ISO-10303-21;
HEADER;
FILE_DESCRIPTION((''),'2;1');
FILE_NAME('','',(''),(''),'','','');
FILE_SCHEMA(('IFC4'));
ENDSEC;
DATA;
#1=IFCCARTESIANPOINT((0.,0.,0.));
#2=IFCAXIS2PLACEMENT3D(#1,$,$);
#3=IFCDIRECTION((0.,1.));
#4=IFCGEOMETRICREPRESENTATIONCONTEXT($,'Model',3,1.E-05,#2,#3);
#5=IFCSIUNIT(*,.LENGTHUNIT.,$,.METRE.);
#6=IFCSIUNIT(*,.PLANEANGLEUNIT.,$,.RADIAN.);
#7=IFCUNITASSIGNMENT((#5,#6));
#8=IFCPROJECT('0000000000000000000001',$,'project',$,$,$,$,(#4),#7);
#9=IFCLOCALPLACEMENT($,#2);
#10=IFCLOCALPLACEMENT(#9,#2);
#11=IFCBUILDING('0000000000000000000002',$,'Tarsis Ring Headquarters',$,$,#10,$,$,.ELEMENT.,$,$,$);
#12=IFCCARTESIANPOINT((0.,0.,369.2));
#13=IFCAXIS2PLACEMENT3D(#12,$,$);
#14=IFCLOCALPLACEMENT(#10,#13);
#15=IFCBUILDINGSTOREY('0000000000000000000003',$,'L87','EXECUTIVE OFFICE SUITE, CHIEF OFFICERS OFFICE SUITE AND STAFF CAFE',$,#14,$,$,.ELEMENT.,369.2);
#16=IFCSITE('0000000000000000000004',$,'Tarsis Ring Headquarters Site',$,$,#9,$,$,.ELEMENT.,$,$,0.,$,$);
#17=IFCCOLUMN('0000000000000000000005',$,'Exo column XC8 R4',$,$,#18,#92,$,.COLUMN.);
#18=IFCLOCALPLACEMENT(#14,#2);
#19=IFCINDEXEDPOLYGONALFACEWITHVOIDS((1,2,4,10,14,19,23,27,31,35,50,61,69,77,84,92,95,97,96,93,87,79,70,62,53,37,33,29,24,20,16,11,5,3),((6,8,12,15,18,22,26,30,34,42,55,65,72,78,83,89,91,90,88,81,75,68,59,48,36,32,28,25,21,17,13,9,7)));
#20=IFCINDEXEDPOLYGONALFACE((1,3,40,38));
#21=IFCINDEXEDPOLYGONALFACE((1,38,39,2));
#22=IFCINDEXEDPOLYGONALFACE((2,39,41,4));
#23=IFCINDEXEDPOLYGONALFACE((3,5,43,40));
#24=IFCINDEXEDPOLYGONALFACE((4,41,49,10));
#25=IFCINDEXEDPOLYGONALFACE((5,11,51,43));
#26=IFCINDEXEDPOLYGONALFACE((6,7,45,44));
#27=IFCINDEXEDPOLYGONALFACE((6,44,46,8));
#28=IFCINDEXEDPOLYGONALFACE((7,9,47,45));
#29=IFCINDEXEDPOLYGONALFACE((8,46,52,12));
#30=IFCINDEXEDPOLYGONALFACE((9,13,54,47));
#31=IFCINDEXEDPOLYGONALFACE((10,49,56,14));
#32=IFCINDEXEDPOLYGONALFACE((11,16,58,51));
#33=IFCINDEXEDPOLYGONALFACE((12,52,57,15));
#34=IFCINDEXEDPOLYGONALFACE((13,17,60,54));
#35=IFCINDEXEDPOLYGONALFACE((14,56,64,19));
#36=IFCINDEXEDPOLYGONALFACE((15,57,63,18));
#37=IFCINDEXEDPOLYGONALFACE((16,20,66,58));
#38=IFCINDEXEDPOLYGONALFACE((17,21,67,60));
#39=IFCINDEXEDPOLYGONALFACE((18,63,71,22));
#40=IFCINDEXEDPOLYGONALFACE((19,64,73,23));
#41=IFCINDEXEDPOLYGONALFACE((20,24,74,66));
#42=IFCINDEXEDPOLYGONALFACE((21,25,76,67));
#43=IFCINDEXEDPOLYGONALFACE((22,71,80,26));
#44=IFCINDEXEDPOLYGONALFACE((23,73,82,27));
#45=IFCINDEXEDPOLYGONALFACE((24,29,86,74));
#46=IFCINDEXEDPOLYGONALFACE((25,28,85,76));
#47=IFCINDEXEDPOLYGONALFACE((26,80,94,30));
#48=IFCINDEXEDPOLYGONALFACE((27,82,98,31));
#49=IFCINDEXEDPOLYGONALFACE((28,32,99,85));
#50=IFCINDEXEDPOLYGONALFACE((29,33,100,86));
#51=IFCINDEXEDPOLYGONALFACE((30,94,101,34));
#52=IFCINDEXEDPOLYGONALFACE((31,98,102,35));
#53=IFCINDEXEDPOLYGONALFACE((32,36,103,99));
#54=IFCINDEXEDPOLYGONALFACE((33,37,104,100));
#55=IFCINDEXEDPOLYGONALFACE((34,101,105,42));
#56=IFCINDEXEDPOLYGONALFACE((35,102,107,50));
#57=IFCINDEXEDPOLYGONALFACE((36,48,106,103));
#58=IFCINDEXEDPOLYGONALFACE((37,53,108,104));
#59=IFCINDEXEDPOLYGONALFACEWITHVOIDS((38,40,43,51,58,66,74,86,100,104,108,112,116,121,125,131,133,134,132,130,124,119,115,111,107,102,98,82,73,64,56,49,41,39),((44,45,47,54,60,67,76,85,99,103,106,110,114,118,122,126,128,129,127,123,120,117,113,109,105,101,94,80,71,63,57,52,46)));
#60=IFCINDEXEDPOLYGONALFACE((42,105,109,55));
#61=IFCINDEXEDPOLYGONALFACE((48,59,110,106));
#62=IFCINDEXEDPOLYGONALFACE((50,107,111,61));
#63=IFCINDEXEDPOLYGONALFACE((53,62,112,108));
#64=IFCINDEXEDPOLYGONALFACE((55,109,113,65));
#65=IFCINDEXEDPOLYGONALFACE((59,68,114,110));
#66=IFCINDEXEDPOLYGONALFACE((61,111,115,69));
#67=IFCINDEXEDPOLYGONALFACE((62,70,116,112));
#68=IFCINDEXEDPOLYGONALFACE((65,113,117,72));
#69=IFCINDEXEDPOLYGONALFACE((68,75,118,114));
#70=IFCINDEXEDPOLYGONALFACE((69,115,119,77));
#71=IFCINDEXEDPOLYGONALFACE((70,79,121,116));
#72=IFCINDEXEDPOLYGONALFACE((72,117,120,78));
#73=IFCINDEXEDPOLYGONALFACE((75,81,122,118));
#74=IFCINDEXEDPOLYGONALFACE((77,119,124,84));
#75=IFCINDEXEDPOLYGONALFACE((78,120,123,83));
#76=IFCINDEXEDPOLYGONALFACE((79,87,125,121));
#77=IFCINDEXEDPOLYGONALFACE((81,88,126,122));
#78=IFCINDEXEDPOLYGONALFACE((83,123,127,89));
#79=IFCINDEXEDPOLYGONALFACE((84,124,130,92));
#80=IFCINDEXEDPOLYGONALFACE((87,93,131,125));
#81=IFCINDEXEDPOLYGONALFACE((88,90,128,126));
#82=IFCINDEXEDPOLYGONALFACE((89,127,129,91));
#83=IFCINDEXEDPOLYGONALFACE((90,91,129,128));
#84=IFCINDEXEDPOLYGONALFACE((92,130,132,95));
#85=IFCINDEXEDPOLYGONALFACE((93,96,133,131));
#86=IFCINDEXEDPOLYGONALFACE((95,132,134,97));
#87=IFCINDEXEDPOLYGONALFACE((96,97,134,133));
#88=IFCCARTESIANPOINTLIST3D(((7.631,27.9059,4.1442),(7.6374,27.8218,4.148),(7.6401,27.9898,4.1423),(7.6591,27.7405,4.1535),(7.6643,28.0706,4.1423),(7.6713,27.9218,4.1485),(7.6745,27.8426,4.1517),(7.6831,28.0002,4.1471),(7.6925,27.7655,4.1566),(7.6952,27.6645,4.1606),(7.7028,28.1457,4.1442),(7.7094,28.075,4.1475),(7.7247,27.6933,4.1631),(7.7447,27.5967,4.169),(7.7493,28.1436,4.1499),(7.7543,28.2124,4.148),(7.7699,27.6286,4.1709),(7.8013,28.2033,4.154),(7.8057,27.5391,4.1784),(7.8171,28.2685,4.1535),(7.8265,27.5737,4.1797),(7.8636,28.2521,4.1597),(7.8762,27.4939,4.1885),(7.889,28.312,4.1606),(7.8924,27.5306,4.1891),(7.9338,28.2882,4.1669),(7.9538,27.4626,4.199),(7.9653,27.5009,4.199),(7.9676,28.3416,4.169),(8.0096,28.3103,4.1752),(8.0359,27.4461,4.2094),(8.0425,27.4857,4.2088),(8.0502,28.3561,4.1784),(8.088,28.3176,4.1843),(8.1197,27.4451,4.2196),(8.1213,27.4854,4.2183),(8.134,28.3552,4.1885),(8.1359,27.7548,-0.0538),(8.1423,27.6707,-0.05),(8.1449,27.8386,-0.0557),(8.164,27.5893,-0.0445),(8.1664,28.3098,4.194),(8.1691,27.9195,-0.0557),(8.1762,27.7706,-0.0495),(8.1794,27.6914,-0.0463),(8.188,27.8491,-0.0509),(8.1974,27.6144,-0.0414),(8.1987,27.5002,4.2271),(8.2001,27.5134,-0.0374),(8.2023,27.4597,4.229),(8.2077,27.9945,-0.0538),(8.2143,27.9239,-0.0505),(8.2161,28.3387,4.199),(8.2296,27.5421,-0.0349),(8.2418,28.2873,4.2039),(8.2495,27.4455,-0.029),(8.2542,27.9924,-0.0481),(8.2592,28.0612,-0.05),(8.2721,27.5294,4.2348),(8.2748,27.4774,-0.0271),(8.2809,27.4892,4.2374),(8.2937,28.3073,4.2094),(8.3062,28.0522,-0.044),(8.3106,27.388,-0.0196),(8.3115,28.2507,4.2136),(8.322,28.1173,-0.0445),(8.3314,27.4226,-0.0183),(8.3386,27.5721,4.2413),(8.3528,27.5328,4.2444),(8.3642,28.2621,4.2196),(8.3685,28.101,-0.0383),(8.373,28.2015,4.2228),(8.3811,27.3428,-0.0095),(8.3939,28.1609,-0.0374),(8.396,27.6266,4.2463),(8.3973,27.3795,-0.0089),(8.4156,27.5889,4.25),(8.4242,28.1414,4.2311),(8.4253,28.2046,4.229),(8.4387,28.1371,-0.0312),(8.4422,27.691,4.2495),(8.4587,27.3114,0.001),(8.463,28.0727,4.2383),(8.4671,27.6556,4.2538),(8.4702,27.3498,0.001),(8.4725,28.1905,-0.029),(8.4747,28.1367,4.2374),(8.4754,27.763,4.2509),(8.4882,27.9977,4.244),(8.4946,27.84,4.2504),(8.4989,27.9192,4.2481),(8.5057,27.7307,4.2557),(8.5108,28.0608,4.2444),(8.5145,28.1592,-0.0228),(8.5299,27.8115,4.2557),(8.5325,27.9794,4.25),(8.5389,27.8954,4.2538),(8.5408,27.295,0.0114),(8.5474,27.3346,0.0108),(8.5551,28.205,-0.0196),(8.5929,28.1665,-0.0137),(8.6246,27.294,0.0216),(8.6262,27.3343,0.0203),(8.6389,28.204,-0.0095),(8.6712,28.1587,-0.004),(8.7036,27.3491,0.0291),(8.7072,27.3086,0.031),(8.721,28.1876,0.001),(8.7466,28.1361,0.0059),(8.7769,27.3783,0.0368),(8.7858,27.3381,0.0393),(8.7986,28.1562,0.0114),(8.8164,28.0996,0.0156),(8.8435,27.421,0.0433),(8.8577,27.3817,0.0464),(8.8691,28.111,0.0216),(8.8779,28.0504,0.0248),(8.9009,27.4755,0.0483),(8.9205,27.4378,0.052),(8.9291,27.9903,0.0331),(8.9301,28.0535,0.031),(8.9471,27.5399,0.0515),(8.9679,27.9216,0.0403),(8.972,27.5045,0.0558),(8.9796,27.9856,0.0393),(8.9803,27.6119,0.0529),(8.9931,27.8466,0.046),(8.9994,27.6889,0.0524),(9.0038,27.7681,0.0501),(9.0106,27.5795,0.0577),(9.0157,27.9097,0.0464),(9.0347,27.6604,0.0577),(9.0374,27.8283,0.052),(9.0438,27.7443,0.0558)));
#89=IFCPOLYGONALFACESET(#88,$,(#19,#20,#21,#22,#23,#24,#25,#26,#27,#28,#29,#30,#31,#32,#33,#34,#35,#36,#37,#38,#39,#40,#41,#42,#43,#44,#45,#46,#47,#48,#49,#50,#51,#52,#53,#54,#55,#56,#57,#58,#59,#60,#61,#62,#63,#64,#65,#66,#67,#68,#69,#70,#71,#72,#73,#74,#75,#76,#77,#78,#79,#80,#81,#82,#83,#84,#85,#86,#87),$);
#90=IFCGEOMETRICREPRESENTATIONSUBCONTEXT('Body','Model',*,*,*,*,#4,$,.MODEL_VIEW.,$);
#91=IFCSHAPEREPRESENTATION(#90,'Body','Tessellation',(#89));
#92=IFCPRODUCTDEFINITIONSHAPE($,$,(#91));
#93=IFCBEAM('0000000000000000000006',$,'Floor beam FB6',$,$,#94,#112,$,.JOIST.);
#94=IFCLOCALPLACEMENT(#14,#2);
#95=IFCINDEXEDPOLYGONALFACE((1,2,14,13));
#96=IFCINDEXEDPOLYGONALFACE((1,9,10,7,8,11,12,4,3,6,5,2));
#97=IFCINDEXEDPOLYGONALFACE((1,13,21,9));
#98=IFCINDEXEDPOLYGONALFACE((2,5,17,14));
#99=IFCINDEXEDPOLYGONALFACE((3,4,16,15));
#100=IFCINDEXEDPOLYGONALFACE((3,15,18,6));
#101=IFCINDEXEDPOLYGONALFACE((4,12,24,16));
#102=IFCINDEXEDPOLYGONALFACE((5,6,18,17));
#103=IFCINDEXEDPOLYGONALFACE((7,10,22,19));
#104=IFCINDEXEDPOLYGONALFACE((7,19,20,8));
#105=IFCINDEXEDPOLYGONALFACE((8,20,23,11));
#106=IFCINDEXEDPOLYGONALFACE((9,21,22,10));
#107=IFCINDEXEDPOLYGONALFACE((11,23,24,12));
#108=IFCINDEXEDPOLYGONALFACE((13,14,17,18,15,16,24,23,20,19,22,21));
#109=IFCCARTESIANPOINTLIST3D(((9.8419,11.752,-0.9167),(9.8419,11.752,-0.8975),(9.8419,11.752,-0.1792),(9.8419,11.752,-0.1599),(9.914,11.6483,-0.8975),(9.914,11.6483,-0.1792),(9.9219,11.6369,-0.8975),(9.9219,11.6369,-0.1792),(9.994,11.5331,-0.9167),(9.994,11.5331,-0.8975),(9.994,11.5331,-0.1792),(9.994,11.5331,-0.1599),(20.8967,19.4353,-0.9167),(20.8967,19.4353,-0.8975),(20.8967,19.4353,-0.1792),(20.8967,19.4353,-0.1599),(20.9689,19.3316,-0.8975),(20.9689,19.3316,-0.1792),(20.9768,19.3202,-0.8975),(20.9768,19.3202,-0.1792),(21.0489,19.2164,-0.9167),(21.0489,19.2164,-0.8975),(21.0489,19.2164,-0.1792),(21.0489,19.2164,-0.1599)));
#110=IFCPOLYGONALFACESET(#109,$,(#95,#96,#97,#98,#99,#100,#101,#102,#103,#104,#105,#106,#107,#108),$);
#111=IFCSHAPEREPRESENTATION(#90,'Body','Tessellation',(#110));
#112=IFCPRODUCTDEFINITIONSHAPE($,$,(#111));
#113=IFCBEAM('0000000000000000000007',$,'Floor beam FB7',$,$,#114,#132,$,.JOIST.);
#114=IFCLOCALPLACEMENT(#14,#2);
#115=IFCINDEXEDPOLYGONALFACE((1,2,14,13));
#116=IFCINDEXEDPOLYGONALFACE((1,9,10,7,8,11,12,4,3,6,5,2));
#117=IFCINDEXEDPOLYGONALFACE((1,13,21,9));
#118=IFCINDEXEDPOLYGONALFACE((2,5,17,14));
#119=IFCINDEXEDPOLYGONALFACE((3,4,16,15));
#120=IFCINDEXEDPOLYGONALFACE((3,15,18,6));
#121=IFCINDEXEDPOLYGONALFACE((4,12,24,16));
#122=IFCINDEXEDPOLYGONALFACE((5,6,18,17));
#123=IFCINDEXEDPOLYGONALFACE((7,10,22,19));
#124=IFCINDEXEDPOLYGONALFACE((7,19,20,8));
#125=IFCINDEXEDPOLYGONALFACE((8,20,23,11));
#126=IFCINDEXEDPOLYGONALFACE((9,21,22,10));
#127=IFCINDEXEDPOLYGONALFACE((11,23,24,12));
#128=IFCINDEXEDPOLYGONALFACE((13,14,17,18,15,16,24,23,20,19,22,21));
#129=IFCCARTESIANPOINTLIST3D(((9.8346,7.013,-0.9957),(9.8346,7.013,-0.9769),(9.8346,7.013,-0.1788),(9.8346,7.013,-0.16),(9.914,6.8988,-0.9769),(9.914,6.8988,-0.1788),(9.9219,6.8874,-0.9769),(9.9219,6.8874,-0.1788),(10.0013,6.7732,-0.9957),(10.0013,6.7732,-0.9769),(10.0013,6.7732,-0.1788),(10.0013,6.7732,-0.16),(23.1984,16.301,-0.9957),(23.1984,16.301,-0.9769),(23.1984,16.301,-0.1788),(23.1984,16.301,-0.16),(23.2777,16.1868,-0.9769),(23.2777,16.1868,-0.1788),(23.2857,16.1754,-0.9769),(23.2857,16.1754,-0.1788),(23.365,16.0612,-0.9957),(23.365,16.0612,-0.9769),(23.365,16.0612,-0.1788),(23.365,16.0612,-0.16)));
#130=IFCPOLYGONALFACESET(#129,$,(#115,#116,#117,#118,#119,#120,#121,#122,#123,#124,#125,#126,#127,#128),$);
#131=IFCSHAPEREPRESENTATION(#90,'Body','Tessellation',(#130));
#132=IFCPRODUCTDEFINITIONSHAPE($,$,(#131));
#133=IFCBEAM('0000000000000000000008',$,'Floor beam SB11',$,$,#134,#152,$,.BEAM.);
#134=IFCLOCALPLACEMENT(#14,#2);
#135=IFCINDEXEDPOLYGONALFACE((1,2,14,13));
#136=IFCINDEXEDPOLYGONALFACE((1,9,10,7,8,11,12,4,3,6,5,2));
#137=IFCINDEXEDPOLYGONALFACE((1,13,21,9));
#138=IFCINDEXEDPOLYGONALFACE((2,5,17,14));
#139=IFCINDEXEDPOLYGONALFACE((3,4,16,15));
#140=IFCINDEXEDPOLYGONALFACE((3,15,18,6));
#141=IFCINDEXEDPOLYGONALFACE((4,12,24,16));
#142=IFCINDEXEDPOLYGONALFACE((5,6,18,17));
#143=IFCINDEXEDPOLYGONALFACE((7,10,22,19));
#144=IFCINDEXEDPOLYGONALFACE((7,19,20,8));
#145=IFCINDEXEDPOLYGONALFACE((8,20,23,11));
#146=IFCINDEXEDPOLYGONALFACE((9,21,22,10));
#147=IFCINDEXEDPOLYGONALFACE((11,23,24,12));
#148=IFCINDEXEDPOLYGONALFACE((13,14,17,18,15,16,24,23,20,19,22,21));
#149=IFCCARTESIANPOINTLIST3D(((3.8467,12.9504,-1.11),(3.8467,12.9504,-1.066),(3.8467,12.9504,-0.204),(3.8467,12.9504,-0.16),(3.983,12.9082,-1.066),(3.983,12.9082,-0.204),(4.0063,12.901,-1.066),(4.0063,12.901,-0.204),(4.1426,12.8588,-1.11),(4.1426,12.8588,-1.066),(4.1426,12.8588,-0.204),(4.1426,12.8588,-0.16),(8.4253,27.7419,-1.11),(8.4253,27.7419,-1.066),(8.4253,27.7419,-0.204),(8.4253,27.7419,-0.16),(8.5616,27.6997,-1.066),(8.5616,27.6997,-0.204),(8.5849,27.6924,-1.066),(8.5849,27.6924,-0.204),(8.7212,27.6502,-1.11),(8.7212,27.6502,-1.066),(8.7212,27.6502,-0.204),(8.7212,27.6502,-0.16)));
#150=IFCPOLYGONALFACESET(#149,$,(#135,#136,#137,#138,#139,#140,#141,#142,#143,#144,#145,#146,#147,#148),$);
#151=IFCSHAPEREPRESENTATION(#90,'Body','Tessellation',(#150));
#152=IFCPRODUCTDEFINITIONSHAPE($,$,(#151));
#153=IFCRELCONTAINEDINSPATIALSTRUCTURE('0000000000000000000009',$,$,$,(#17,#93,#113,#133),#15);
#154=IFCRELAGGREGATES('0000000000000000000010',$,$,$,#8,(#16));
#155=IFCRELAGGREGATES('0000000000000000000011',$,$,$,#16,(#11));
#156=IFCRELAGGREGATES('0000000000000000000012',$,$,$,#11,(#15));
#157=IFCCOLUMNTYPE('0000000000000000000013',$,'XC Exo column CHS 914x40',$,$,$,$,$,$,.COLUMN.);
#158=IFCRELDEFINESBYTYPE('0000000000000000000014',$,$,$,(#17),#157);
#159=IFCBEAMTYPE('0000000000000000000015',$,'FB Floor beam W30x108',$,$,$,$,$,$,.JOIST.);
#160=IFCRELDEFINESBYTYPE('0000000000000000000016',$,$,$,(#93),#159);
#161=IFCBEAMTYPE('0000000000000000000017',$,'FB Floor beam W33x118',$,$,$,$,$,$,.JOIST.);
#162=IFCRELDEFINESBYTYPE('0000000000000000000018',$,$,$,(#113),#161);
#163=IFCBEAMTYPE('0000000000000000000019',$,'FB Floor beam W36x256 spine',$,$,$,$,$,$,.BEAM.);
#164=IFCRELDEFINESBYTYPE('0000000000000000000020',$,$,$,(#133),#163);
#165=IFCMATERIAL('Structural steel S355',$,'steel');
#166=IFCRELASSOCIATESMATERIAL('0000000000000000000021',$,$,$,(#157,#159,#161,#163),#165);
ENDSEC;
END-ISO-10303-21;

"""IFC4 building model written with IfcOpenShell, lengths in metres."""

from ifc_helpers import new_model, si_unit, direction, frame, origin, origin_2d, place, context, subcontext, project, spatial, hollow_circle, i_section, extrude, material, material_profile, profile_set, type_object, element, save


model = new_model("IFC4")

# Units and contexts
model_context = context("Model", 3, precision=1e-05, world=origin(), true_north=direction((0.0, 1.0)))
body_context = subcontext(model_context, "Body", "Model", "MODEL_VIEW")
ifc_project = project(units=[si_unit("LENGTHUNIT", "METRE"), si_unit("PLANEANGLEUNIT", "RADIAN")], contexts=[model_context])

# Site, building, storey
site_placement = place(None, origin())
site = spatial("IfcSite", under=ifc_project, at=site_placement, Name="Tarsis Ring Headquarters Site", CompositionType="ELEMENT", RefElevation=0.0)
building_placement = place(site_placement, origin())
building = spatial("IfcBuilding", under=site, at=building_placement, Name="Tarsis Ring Headquarters", CompositionType="ELEMENT")
storey_placement = place(building_placement, frame((0.0, 0.0, 369.2)))
storey = spatial("IfcBuildingStorey", under=building, at=storey_placement, Name="L87", Description="EXECUTIVE OFFICE SUITE, CHIEF OFFICERS OFFICE SUITE AND STAFF CAFE", CompositionType="ELEMENT", Elevation=369.2)

# Column
ifc_material_1 = material(Name="Structural steel S355", Category="steel")
ifc_material_profile_1 = material_profile(ifc_material_1, hollow_circle(Radius=0.457, WallThickness=0.04, at=origin_2d()), Name="CHS 914x40")
ifc_profile_set_1 = profile_set([ifc_material_profile_1], Name="Structural steel S355")
column_type = type_object("IfcColumnType", Name="XC Exo column CHS 914x40", PredefinedType="COLUMN", material=ifc_profile_set_1)
for number, where, z_axis, x_axis, name in (
    (1, (8.5898, 27.7495, 0.001), (-0.119331, 0.035718, 0.992212), (-0.286753, -0.958005, 0.0), "Exo column XC8 R4"),
):
    element("IfcColumn", number, at=place(storey_placement, frame(where, z_axis=z_axis, x_axis=x_axis)), inside=storey, type_object=column_type, Name=name, PredefinedType="COLUMN", context=body_context, shape_type="SweptSolid", body=[
        extrude(hollow_circle(Radius=0.4573, WallThickness=0.04, at=origin_2d()), origin(), (0.0, 0.0, 1.0), 4.231),
    ])

# Beams
ifc_material_profile_2 = material_profile(ifc_material_1, i_section(OverallWidth=0.2666, OverallDepth=0.7568, WebThickness=0.0139, FlangeThickness=0.0193, at=origin_2d()), Name="W30x108")
ifc_profile_set_2 = profile_set([ifc_material_profile_2], Name="Structural steel S355")
beam_type_1 = type_object("IfcBeamType", Name="FB Floor beam W30x108", PredefinedType="JOIST", material=ifc_profile_set_2)
beam_1_placement = place(storey_placement, frame((9.918, 11.6426, -0.5383), z_axis=(0.82115, 0.570712, 0.0), x_axis=(-0.570712, 0.82115, 0.0)))
element("IfcBeam", 2, at=beam_1_placement, inside=storey, type_object=beam_type_1, Name="Floor beam FB6", PredefinedType="JOIST", context=body_context, shape_type="SweptSolid", body=[
    extrude(i_section(OverallWidth=0.2666, OverallDepth=0.7568, WebThickness=0.0139, FlangeThickness=0.0193, at=origin_2d()), origin(), (0.0, 0.0, 1.0), 13.4626),
])
ifc_material_profile_3 = material_profile(ifc_material_1, i_section(OverallWidth=0.292, OverallDepth=0.8357, WebThickness=0.0139, FlangeThickness=0.0188, at=origin_2d()), Name="W33x118")
ifc_profile_set_3 = profile_set([ifc_material_profile_3], Name="Structural steel S355")
beam_type_2 = type_object("IfcBeamType", Name="FB Floor beam W33x118", PredefinedType="JOIST", material=ifc_profile_set_3)
beam_2_placement = place(storey_placement, frame((9.918, 6.8931, -0.5779), z_axis=(0.821149, 0.570715, 0.0), x_axis=(-0.570715, 0.821149, 0.0)))
element("IfcBeam", 3, at=beam_2_placement, inside=storey, type_object=beam_type_2, Name="Floor beam FB7", PredefinedType="JOIST", context=body_context, shape_type="SweptSolid", body=[
    extrude(i_section(OverallWidth=0.292, OverallDepth=0.8357, WebThickness=0.0139, FlangeThickness=0.0188, at=origin_2d()), origin(), (0.0, 0.0, 1.0), 16.2744),
])
ifc_material_profile_4 = material_profile(ifc_material_1, i_section(OverallWidth=0.3098, OverallDepth=0.95, WebThickness=0.0244, FlangeThickness=0.0439, at=origin_2d()), Name="W36x256")
ifc_profile_set_4 = profile_set([ifc_material_profile_4], Name="Structural steel S355")
beam_type_3 = type_object("IfcBeamType", Name="FB Floor beam W36x256 spine", PredefinedType="BEAM", material=ifc_profile_set_4)
beam_3_placement = place(storey_placement, frame((8.5732, 27.696, -0.635), z_axis=(-0.295701, -0.955281, 0.0), x_axis=(0.955281, -0.295701, 0.0)))
element("IfcBeam", 4, at=beam_3_placement, inside=storey, type_object=beam_type_3, Name="Floor beam SB11", PredefinedType="BEAM", context=body_context, shape_type="SweptSolid", body=[
    extrude(i_section(OverallWidth=0.3098, OverallDepth=0.95, WebThickness=0.0244, FlangeThickness=0.0439, at=origin_2d()), origin(), (0.0, 0.0, 1.0), 15.4839),
])

save(model, "model.ifc")
